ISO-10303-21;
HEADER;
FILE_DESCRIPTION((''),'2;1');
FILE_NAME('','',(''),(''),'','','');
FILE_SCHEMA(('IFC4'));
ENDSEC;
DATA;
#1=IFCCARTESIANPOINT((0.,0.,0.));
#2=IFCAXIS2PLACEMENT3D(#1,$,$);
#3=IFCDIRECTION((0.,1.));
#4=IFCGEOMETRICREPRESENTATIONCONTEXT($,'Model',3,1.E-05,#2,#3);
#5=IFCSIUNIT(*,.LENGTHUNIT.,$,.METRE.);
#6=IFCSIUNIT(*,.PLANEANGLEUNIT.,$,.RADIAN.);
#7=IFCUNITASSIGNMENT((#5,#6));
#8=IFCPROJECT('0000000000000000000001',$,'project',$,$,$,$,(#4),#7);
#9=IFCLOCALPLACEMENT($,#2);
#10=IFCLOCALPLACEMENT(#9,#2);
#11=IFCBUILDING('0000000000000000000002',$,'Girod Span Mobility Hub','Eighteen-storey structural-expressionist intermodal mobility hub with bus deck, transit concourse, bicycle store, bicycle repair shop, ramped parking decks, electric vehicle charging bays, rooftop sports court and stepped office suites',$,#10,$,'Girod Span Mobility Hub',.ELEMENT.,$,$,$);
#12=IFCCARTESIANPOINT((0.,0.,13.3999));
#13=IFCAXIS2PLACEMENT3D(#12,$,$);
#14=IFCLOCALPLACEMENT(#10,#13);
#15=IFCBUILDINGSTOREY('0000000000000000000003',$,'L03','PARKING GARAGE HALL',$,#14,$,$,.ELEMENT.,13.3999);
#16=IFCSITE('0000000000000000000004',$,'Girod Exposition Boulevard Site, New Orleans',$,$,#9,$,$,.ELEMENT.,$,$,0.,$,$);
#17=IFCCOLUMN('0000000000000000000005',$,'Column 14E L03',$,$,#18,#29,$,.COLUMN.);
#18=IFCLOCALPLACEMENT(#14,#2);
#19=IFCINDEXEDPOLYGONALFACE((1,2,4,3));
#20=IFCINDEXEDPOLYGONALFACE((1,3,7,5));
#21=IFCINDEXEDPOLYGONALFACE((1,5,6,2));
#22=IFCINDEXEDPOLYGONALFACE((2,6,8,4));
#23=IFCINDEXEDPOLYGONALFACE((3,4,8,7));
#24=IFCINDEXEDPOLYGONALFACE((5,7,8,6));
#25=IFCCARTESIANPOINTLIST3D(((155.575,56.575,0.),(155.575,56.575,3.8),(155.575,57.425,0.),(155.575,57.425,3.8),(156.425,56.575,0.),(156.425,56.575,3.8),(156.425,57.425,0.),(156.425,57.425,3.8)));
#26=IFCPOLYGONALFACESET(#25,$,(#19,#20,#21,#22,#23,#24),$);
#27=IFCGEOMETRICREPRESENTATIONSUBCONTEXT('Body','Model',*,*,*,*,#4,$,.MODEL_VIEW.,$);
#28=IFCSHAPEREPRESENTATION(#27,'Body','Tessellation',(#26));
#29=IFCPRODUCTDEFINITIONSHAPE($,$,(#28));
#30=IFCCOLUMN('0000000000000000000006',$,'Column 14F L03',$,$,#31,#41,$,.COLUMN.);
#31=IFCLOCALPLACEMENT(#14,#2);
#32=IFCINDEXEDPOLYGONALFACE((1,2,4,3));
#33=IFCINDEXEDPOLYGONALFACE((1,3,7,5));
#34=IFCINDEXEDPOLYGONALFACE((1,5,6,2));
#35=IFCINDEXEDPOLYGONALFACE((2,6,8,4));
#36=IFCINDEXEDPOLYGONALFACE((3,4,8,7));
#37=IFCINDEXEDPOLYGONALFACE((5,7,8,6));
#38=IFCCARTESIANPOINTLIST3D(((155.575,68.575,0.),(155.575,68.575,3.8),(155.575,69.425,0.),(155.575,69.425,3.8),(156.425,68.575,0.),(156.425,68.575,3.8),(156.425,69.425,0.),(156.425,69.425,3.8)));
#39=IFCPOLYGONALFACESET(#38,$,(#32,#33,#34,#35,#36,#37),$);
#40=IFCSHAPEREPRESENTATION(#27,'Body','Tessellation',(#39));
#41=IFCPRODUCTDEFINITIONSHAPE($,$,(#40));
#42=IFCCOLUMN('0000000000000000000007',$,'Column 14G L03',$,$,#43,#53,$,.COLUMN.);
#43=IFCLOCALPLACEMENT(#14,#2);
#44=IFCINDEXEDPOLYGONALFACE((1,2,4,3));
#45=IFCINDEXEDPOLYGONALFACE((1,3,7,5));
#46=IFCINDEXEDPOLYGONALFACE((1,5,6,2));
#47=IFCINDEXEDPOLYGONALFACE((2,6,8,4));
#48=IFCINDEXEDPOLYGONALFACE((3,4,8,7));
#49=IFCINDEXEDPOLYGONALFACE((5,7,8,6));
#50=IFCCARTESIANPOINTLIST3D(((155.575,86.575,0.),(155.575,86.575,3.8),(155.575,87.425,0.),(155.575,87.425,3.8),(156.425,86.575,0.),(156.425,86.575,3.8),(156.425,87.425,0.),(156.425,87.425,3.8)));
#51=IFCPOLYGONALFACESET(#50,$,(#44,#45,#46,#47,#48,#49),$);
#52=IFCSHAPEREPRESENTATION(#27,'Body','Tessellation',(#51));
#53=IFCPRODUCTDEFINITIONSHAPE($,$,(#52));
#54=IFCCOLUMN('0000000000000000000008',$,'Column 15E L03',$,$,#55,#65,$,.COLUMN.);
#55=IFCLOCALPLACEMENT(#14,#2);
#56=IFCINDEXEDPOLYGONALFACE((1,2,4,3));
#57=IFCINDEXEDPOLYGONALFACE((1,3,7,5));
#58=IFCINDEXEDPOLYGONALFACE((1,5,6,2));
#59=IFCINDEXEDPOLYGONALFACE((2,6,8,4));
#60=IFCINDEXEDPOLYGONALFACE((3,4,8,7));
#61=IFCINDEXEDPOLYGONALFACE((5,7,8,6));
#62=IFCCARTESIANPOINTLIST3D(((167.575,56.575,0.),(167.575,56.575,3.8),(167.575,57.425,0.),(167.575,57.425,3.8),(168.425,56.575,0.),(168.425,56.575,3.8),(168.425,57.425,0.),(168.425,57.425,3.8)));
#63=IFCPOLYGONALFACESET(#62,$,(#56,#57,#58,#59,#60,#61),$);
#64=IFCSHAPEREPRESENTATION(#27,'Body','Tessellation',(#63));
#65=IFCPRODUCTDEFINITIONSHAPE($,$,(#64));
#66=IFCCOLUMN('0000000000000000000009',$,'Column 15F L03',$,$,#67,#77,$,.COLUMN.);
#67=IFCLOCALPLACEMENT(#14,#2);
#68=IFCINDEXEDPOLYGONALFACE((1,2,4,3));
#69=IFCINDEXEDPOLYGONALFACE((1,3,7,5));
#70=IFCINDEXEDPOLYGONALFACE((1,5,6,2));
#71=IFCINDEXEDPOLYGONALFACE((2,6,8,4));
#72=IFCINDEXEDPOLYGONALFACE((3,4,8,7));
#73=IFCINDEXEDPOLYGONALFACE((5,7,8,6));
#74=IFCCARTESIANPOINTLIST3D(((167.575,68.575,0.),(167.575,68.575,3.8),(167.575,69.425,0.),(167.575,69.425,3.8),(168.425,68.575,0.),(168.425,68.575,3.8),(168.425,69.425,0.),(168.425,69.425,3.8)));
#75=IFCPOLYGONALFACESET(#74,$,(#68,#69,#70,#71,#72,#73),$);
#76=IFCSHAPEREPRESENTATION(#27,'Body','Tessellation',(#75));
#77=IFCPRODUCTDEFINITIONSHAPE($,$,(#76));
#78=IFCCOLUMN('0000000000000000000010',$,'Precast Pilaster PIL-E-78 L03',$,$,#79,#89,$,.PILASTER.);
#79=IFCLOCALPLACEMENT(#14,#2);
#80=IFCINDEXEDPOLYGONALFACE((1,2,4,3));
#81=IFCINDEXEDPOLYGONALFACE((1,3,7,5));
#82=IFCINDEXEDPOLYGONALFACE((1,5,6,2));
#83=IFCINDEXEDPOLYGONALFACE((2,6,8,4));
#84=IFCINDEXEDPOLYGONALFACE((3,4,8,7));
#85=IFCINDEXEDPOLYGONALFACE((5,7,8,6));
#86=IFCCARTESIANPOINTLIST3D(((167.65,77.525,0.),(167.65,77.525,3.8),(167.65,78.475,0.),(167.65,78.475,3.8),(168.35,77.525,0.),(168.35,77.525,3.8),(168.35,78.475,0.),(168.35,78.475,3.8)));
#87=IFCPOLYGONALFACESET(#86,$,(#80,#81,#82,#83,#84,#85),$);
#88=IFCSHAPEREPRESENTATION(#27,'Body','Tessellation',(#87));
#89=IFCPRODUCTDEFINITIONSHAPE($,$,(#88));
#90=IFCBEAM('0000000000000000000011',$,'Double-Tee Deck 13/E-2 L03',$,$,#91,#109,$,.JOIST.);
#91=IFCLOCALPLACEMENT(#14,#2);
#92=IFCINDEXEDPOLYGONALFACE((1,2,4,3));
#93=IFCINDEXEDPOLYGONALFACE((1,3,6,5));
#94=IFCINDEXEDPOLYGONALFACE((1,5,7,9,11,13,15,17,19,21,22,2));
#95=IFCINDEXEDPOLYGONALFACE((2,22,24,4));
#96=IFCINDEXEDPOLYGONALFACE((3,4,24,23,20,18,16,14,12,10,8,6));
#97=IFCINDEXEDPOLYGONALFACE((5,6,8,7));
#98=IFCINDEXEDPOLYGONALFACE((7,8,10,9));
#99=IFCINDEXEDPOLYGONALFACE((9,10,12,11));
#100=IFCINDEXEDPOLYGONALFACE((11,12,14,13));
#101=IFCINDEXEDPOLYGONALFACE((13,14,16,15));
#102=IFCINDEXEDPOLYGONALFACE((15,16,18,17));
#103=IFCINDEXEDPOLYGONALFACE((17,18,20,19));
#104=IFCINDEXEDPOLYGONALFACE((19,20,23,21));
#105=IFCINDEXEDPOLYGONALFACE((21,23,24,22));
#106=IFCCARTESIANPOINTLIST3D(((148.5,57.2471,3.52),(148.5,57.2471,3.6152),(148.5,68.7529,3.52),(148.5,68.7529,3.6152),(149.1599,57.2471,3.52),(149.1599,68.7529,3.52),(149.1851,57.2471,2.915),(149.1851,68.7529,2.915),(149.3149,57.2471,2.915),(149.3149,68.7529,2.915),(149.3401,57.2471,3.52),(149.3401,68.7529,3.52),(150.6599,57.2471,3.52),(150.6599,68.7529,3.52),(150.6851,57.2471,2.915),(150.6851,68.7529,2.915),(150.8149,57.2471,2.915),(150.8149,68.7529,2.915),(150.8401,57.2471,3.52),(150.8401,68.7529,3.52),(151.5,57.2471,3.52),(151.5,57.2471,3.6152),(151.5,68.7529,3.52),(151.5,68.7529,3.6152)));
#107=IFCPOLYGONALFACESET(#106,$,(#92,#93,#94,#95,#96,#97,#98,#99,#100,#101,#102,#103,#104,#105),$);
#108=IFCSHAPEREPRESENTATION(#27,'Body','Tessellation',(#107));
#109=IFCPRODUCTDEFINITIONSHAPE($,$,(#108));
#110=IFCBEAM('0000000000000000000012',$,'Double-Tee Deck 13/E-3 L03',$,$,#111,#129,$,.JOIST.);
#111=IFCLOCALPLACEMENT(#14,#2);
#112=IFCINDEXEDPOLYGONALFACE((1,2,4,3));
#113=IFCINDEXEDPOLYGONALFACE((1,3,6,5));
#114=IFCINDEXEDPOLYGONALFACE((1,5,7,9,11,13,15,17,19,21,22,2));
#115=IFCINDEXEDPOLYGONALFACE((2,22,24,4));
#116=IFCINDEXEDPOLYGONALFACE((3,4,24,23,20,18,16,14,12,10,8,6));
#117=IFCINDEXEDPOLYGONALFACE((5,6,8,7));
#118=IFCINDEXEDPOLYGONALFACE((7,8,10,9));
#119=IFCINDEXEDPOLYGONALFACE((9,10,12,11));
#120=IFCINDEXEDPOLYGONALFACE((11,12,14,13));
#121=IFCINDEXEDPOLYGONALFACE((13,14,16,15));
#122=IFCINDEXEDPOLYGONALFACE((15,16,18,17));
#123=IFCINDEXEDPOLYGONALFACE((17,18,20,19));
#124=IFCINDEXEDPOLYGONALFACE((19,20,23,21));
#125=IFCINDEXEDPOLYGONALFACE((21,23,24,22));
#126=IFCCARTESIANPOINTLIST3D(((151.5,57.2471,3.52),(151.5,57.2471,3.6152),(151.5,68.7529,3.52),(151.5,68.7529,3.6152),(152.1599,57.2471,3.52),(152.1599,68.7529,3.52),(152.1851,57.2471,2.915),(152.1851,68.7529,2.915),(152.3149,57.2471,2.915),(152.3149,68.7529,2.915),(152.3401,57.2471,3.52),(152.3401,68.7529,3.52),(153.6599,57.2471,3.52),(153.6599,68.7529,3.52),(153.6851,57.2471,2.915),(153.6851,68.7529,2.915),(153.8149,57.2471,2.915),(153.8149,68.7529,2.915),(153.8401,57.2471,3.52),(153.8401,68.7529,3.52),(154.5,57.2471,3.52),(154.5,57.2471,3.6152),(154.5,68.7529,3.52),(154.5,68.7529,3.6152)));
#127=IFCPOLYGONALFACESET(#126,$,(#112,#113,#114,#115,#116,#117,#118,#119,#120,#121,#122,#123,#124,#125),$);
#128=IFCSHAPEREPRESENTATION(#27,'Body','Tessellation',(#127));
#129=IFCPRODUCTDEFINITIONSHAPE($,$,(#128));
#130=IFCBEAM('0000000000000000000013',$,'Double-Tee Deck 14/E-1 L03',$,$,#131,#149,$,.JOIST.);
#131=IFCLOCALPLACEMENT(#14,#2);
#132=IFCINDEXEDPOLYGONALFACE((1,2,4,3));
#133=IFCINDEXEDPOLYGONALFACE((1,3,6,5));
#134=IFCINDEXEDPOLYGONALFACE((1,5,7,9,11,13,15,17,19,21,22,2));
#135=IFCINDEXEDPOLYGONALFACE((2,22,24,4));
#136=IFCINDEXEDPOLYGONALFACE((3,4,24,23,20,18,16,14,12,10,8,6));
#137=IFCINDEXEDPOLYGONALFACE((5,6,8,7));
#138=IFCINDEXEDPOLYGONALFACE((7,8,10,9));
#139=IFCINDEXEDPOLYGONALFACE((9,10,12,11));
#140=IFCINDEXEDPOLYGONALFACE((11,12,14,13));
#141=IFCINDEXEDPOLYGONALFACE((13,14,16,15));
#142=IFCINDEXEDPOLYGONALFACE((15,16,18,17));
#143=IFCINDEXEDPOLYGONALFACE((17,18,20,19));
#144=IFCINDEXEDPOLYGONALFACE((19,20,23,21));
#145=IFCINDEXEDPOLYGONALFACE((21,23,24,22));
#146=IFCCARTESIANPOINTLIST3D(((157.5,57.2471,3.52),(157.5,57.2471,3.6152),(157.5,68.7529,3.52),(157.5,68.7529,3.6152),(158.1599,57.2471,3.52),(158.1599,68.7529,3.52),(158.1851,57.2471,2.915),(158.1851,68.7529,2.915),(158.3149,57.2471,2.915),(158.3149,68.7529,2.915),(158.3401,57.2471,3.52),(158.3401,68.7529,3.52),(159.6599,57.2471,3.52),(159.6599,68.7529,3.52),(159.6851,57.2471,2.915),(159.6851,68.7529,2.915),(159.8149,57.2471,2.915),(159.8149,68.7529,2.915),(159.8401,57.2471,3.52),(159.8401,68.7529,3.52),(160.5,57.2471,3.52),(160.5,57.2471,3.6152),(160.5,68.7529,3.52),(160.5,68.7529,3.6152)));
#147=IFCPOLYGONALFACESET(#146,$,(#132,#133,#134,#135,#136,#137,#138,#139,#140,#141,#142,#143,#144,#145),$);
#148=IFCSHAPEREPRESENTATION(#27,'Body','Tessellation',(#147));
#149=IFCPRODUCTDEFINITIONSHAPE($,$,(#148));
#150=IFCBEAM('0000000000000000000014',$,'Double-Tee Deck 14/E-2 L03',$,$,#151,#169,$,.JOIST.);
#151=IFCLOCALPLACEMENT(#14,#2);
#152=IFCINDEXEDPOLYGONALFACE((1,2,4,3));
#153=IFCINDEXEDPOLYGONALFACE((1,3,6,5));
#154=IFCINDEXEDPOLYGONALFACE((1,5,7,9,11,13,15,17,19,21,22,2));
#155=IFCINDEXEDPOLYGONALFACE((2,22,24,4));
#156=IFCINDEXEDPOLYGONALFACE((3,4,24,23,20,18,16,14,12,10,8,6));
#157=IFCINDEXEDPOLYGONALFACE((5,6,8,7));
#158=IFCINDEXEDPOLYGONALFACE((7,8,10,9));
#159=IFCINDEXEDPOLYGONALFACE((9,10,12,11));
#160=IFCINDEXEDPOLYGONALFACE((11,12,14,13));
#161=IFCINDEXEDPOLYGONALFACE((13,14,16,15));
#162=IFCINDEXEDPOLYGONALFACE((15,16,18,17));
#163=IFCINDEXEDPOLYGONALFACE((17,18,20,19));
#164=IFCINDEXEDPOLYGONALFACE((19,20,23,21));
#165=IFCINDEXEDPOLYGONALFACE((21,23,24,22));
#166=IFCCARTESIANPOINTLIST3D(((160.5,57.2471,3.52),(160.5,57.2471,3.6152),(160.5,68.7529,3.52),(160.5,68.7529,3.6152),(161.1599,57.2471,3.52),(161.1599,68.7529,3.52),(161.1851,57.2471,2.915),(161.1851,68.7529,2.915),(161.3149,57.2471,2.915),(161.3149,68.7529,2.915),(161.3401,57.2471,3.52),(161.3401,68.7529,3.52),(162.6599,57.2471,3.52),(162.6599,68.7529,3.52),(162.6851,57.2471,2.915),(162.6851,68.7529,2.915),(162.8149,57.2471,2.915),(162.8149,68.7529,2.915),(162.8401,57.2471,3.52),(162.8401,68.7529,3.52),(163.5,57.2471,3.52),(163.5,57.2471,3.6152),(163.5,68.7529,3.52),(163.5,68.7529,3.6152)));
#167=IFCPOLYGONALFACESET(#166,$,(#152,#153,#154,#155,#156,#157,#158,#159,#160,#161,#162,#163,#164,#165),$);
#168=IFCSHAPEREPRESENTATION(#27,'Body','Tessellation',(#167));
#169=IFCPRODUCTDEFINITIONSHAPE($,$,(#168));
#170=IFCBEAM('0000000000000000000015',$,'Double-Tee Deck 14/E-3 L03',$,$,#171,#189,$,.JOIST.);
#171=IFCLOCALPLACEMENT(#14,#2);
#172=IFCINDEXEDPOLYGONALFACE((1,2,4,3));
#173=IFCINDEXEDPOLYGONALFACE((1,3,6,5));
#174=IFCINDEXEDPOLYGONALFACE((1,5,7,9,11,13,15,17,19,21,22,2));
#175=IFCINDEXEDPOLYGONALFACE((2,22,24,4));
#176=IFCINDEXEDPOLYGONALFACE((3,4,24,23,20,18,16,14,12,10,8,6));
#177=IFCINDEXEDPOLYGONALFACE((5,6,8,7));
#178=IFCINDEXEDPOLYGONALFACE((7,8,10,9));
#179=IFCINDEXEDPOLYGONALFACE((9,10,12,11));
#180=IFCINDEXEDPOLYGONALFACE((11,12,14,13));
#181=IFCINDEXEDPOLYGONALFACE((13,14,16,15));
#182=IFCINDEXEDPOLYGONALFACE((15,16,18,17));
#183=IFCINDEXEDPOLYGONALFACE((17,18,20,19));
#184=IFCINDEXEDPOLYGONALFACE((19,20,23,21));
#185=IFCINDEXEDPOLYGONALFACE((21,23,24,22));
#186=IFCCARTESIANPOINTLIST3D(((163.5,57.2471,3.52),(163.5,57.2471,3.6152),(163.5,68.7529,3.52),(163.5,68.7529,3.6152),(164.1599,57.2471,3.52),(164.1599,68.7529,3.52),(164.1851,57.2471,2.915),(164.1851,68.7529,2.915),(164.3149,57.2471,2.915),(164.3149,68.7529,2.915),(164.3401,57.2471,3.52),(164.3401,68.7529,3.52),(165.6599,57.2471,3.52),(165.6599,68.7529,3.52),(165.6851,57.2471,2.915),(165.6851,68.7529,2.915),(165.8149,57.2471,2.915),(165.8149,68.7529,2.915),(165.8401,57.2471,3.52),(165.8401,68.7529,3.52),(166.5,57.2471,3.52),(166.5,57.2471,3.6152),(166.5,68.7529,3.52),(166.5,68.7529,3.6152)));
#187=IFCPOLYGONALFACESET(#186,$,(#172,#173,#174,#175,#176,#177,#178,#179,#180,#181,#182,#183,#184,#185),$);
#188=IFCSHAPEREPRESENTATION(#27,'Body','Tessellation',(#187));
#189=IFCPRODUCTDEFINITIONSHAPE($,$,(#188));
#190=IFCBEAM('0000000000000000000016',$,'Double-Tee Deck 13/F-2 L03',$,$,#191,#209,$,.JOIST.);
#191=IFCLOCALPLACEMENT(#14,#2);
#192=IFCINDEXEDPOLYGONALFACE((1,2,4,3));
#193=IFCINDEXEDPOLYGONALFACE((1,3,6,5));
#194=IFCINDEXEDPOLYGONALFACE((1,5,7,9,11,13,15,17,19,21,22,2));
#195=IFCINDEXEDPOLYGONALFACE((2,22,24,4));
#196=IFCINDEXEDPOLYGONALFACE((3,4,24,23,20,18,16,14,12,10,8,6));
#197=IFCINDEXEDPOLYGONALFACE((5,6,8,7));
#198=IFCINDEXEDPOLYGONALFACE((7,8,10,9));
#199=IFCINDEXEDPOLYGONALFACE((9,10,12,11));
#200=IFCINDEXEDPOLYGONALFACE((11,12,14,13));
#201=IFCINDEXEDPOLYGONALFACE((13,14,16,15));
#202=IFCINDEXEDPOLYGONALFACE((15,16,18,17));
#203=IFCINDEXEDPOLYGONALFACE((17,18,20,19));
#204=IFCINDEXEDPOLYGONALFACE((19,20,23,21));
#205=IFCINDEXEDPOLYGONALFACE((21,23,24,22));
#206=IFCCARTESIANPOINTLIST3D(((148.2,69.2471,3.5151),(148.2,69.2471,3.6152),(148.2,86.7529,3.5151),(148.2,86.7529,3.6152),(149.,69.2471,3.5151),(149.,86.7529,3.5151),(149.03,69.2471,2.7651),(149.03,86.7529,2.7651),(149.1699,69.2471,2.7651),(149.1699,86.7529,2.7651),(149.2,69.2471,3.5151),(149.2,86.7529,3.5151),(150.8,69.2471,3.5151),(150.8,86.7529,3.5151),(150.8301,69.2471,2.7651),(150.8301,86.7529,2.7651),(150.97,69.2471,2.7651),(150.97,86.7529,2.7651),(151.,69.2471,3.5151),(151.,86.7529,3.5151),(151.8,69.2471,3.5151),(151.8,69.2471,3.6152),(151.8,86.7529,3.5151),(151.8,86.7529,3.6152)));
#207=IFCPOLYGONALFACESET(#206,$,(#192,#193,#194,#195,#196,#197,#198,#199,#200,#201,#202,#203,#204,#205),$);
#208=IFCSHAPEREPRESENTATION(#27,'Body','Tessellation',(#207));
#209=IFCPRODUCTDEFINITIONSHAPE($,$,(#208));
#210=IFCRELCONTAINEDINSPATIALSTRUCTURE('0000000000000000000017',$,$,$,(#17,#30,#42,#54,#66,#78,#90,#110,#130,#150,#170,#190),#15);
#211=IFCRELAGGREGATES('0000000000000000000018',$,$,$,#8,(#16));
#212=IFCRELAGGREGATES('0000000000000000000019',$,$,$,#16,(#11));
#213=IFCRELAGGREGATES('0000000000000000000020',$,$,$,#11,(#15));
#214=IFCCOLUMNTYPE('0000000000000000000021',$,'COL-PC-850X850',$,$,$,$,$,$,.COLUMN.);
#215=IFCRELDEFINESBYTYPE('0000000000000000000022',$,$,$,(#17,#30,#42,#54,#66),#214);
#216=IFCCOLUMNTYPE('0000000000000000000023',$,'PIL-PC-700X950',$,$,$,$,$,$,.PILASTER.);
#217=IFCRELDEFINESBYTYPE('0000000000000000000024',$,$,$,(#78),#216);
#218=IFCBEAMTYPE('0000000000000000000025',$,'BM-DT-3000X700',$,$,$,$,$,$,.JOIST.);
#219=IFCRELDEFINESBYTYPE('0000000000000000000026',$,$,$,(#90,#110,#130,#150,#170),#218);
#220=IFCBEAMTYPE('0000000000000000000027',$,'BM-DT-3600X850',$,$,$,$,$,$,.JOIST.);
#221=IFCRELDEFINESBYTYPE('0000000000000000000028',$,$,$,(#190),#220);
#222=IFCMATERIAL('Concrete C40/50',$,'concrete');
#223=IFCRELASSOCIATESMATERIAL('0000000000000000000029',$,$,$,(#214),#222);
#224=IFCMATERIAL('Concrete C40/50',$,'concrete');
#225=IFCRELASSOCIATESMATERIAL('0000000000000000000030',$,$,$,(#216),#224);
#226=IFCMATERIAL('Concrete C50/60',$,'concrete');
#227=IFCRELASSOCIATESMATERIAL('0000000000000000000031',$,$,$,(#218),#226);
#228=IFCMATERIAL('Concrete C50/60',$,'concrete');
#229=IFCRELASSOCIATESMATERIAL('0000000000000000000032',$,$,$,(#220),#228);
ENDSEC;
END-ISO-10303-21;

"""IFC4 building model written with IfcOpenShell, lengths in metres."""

from ifc_helpers import new_model, si_unit, direction, frame, origin, origin_2d, place, context, subcontext, project, spatial, polyline, rectangle, outline, extrude, material, material_profile, profile_set, type_object, element, save


model = new_model("IFC4")

# Units and contexts
model_context = context("Model", 3, precision=1e-05, world=origin(), true_north=direction((0.0, 1.0)))
body_context = subcontext(model_context, "Body", "Model", "MODEL_VIEW")
ifc_project = project(units=[si_unit("LENGTHUNIT", "METRE"), si_unit("PLANEANGLEUNIT", "RADIAN")], contexts=[model_context])

# Site, building, storey
site_placement = place(None, origin())
site = spatial("IfcSite", under=ifc_project, at=site_placement, Name="Girod Exposition Boulevard Site, New Orleans", CompositionType="ELEMENT", RefElevation=0.0)
building_placement = place(site_placement, origin())
building = spatial("IfcBuilding", under=site, at=building_placement, Name="Girod Span Mobility Hub", Description="Eighteen-storey structural-expressionist intermodal mobility hub with bus deck, transit concourse, bicycle store, bicycle repair shop, ramped parking decks, electric vehicle charging bays, rooftop sports court and stepped office suites", LongName="Girod Span Mobility Hub", CompositionType="ELEMENT")
storey_placement = place(building_placement, frame((0.0, 0.0, 13.3999)))
storey = spatial("IfcBuildingStorey", under=building, at=storey_placement, Name="L03", Description="PARKING GARAGE HALL", CompositionType="ELEMENT", Elevation=13.3999)

# Columns
ifc_material_1 = material(Name="Concrete C40/50", Category="concrete")
ifc_material_profile_1 = material_profile(ifc_material_1, rectangle(XDim=0.8501, YDim=0.8501, at=origin_2d()), Name="PC-COL-850X850")
ifc_profile_set_1 = profile_set([ifc_material_profile_1], Name="Concrete C40/50")
column_type_1 = type_object("IfcColumnType", Name="COL-PC-850X850", PredefinedType="COLUMN", material=ifc_profile_set_1)
for number, where, z_axis, x_axis, name in (
    (1, (156.0, 57.0, 0.0), (0.0, 0.0, 1.0), (1.0, 0.0, 0.0), "Column 14E L03"),
    (2, (156.0, 69.0, 0.0), (0.0, 0.0, 1.0), (1.0, 0.0, 0.0), "Column 14F L03"),
    (3, (156.0, 87.0, 0.0), (0.0, 0.0, 1.0), (1.0, 0.0, 0.0), "Column 14G L03"),
    (4, (168.0, 57.0, 0.0), (0.0, 0.0, 1.0), (1.0, 0.0, 0.0), "Column 15E L03"),
    (5, (168.0, 69.0, 0.0), (0.0, 0.0, 1.0), (1.0, 0.0, 0.0), "Column 15F L03"),
):
    element("IfcColumn", number, at=place(storey_placement, frame(where, z_axis=z_axis, x_axis=x_axis)), inside=storey, type_object=column_type_1, Name=name, PredefinedType="COLUMN", context=body_context, shape_type="SweptSolid", body=[
        extrude(rectangle(XDim=0.8501, YDim=0.8501, at=origin_2d()), origin(), (0.0, 0.0, 1.0), 3.8),
    ])
ifc_material_2 = material(Name="Concrete C40/50", Category="concrete")
ifc_material_profile_2 = material_profile(ifc_material_2, rectangle(XDim=0.7, YDim=0.95, at=origin_2d()), Name="PC-PIL-700X950")
ifc_profile_set_2 = profile_set([ifc_material_profile_2], Name="Concrete C40/50")
column_type_2 = type_object("IfcColumnType", Name="PIL-PC-700X950", PredefinedType="PILASTER", material=ifc_profile_set_2)
column_placement = place(storey_placement, frame((168.0, 78.0, 0.0), z_axis=(0.0, 0.0, 1.0), x_axis=(1.0, 0.0, 0.0)))
element("IfcColumn", 6, at=column_placement, inside=storey, type_object=column_type_2, Name="Precast Pilaster PIL-E-78 L03", PredefinedType="PILASTER", context=body_context, shape_type="SweptSolid", body=[
    extrude(rectangle(XDim=0.7, YDim=0.95, at=origin_2d()), origin(), (0.0, 0.0, 1.0), 3.8),
])

# Beams
ifc_material_3 = material(Name="Concrete C50/60", Category="concrete")
ifc_material_profile_3 = material_profile(ifc_material_3, outline(polyline([(-1.5, 0.3501), (-1.5, 0.2549), (-0.8401, 0.2549), (-0.8149, -0.3501), (-0.6851, -0.3501), (-0.6599, 0.2549), (0.6599, 0.2549), (0.6851, -0.3501), (0.8149, -0.3501), (0.8401, 0.2549), (1.5, 0.2549), (1.5, 0.3501), (-1.5, 0.3501)])), Name="DT-3000X700")
ifc_profile_set_3 = profile_set([ifc_material_profile_3], Name="Concrete C50/60")
beam_type_1 = type_object("IfcBeamType", Name="BM-DT-3000X700", PredefinedType="JOIST", material=ifc_profile_set_3)
for number, where, z_axis, x_axis, name in (
    (7, (150.0, 57.2471, 3.2651), (0.0, 1.0, 0.0), (-1.0, 0.0, 0.0), "Double-Tee Deck 13/E-2 L03"),
    (8, (153.0, 57.2471, 3.2651), (0.0, 1.0, 0.0), (-1.0, 0.0, 0.0), "Double-Tee Deck 13/E-3 L03"),
    (9, (159.0, 57.2471, 3.2651), (0.0, 1.0, 0.0), (-1.0, 0.0, 0.0), "Double-Tee Deck 14/E-1 L03"),
    (10, (162.0, 57.2471, 3.2651), (0.0, 1.0, 0.0), (-1.0, 0.0, 0.0), "Double-Tee Deck 14/E-2 L03"),
    (11, (165.0, 57.2471, 3.2651), (0.0, 1.0, 0.0), (-1.0, 0.0, 0.0), "Double-Tee Deck 14/E-3 L03"),
):
    element("IfcBeam", number, at=place(storey_placement, frame(where, z_axis=z_axis, x_axis=x_axis)), inside=storey, type_object=beam_type_1, Name=name, PredefinedType="JOIST", context=body_context, shape_type="SweptSolid", body=[
        extrude(outline(polyline([(-1.5, 0.3501), (-1.5, 0.2549), (-0.8401, 0.2549), (-0.8149, -0.3501), (-0.6851, -0.3501), (-0.6599, 0.2549), (0.6599, 0.2549), (0.6851, -0.3501), (0.8149, -0.3501), (0.8401, 0.2549), (1.5, 0.2549), (1.5, 0.3501), (-1.5, 0.3501)])), origin(), (0.0, 0.0, 1.0), 11.5059),
    ])
ifc_material_4 = material(Name="Concrete C50/60", Category="concrete")
ifc_material_profile_4 = material_profile(ifc_material_4, outline(polyline([(-1.8, 0.425), (-1.8, 0.325), (-1.0, 0.325), (-0.97, -0.425), (-0.8301, -0.425), (-0.8, 0.325), (0.8, 0.325), (0.8301, -0.425), (0.97, -0.425), (1.0, 0.325), (1.8, 0.325), (1.8, 0.425), (-1.8, 0.425)])), Name="DT-3600X850")
ifc_profile_set_4 = profile_set([ifc_material_profile_4], Name="Concrete C50/60")
beam_type_2 = type_object("IfcBeamType", Name="BM-DT-3600X850", PredefinedType="JOIST", material=ifc_profile_set_4)
for number, where, z_axis, x_axis, name in (
    (12, (150.0, 69.2471, 3.1902), (0.0, 1.0, 0.0), (-1.0, 0.0, 0.0), "Double-Tee Deck 13/F-2 L03"),
):
    element("IfcBeam", number, at=place(storey_placement, frame(where, z_axis=z_axis, x_axis=x_axis)), inside=storey, type_object=beam_type_2, Name=name, PredefinedType="JOIST", context=body_context, shape_type="SweptSolid", body=[
        extrude(outline(polyline([(-1.8, 0.425), (-1.8, 0.325), (-1.0, 0.325), (-0.97, -0.425), (-0.8301, -0.425), (-0.8, 0.325), (0.8, 0.325), (0.8301, -0.425), (0.97, -0.425), (1.0, 0.325), (1.8, 0.325), (1.8, 0.425), (-1.8, 0.425)])), origin(), (0.0, 0.0, 1.0), 17.5059),
    ])

save(model, "model.ifc")
